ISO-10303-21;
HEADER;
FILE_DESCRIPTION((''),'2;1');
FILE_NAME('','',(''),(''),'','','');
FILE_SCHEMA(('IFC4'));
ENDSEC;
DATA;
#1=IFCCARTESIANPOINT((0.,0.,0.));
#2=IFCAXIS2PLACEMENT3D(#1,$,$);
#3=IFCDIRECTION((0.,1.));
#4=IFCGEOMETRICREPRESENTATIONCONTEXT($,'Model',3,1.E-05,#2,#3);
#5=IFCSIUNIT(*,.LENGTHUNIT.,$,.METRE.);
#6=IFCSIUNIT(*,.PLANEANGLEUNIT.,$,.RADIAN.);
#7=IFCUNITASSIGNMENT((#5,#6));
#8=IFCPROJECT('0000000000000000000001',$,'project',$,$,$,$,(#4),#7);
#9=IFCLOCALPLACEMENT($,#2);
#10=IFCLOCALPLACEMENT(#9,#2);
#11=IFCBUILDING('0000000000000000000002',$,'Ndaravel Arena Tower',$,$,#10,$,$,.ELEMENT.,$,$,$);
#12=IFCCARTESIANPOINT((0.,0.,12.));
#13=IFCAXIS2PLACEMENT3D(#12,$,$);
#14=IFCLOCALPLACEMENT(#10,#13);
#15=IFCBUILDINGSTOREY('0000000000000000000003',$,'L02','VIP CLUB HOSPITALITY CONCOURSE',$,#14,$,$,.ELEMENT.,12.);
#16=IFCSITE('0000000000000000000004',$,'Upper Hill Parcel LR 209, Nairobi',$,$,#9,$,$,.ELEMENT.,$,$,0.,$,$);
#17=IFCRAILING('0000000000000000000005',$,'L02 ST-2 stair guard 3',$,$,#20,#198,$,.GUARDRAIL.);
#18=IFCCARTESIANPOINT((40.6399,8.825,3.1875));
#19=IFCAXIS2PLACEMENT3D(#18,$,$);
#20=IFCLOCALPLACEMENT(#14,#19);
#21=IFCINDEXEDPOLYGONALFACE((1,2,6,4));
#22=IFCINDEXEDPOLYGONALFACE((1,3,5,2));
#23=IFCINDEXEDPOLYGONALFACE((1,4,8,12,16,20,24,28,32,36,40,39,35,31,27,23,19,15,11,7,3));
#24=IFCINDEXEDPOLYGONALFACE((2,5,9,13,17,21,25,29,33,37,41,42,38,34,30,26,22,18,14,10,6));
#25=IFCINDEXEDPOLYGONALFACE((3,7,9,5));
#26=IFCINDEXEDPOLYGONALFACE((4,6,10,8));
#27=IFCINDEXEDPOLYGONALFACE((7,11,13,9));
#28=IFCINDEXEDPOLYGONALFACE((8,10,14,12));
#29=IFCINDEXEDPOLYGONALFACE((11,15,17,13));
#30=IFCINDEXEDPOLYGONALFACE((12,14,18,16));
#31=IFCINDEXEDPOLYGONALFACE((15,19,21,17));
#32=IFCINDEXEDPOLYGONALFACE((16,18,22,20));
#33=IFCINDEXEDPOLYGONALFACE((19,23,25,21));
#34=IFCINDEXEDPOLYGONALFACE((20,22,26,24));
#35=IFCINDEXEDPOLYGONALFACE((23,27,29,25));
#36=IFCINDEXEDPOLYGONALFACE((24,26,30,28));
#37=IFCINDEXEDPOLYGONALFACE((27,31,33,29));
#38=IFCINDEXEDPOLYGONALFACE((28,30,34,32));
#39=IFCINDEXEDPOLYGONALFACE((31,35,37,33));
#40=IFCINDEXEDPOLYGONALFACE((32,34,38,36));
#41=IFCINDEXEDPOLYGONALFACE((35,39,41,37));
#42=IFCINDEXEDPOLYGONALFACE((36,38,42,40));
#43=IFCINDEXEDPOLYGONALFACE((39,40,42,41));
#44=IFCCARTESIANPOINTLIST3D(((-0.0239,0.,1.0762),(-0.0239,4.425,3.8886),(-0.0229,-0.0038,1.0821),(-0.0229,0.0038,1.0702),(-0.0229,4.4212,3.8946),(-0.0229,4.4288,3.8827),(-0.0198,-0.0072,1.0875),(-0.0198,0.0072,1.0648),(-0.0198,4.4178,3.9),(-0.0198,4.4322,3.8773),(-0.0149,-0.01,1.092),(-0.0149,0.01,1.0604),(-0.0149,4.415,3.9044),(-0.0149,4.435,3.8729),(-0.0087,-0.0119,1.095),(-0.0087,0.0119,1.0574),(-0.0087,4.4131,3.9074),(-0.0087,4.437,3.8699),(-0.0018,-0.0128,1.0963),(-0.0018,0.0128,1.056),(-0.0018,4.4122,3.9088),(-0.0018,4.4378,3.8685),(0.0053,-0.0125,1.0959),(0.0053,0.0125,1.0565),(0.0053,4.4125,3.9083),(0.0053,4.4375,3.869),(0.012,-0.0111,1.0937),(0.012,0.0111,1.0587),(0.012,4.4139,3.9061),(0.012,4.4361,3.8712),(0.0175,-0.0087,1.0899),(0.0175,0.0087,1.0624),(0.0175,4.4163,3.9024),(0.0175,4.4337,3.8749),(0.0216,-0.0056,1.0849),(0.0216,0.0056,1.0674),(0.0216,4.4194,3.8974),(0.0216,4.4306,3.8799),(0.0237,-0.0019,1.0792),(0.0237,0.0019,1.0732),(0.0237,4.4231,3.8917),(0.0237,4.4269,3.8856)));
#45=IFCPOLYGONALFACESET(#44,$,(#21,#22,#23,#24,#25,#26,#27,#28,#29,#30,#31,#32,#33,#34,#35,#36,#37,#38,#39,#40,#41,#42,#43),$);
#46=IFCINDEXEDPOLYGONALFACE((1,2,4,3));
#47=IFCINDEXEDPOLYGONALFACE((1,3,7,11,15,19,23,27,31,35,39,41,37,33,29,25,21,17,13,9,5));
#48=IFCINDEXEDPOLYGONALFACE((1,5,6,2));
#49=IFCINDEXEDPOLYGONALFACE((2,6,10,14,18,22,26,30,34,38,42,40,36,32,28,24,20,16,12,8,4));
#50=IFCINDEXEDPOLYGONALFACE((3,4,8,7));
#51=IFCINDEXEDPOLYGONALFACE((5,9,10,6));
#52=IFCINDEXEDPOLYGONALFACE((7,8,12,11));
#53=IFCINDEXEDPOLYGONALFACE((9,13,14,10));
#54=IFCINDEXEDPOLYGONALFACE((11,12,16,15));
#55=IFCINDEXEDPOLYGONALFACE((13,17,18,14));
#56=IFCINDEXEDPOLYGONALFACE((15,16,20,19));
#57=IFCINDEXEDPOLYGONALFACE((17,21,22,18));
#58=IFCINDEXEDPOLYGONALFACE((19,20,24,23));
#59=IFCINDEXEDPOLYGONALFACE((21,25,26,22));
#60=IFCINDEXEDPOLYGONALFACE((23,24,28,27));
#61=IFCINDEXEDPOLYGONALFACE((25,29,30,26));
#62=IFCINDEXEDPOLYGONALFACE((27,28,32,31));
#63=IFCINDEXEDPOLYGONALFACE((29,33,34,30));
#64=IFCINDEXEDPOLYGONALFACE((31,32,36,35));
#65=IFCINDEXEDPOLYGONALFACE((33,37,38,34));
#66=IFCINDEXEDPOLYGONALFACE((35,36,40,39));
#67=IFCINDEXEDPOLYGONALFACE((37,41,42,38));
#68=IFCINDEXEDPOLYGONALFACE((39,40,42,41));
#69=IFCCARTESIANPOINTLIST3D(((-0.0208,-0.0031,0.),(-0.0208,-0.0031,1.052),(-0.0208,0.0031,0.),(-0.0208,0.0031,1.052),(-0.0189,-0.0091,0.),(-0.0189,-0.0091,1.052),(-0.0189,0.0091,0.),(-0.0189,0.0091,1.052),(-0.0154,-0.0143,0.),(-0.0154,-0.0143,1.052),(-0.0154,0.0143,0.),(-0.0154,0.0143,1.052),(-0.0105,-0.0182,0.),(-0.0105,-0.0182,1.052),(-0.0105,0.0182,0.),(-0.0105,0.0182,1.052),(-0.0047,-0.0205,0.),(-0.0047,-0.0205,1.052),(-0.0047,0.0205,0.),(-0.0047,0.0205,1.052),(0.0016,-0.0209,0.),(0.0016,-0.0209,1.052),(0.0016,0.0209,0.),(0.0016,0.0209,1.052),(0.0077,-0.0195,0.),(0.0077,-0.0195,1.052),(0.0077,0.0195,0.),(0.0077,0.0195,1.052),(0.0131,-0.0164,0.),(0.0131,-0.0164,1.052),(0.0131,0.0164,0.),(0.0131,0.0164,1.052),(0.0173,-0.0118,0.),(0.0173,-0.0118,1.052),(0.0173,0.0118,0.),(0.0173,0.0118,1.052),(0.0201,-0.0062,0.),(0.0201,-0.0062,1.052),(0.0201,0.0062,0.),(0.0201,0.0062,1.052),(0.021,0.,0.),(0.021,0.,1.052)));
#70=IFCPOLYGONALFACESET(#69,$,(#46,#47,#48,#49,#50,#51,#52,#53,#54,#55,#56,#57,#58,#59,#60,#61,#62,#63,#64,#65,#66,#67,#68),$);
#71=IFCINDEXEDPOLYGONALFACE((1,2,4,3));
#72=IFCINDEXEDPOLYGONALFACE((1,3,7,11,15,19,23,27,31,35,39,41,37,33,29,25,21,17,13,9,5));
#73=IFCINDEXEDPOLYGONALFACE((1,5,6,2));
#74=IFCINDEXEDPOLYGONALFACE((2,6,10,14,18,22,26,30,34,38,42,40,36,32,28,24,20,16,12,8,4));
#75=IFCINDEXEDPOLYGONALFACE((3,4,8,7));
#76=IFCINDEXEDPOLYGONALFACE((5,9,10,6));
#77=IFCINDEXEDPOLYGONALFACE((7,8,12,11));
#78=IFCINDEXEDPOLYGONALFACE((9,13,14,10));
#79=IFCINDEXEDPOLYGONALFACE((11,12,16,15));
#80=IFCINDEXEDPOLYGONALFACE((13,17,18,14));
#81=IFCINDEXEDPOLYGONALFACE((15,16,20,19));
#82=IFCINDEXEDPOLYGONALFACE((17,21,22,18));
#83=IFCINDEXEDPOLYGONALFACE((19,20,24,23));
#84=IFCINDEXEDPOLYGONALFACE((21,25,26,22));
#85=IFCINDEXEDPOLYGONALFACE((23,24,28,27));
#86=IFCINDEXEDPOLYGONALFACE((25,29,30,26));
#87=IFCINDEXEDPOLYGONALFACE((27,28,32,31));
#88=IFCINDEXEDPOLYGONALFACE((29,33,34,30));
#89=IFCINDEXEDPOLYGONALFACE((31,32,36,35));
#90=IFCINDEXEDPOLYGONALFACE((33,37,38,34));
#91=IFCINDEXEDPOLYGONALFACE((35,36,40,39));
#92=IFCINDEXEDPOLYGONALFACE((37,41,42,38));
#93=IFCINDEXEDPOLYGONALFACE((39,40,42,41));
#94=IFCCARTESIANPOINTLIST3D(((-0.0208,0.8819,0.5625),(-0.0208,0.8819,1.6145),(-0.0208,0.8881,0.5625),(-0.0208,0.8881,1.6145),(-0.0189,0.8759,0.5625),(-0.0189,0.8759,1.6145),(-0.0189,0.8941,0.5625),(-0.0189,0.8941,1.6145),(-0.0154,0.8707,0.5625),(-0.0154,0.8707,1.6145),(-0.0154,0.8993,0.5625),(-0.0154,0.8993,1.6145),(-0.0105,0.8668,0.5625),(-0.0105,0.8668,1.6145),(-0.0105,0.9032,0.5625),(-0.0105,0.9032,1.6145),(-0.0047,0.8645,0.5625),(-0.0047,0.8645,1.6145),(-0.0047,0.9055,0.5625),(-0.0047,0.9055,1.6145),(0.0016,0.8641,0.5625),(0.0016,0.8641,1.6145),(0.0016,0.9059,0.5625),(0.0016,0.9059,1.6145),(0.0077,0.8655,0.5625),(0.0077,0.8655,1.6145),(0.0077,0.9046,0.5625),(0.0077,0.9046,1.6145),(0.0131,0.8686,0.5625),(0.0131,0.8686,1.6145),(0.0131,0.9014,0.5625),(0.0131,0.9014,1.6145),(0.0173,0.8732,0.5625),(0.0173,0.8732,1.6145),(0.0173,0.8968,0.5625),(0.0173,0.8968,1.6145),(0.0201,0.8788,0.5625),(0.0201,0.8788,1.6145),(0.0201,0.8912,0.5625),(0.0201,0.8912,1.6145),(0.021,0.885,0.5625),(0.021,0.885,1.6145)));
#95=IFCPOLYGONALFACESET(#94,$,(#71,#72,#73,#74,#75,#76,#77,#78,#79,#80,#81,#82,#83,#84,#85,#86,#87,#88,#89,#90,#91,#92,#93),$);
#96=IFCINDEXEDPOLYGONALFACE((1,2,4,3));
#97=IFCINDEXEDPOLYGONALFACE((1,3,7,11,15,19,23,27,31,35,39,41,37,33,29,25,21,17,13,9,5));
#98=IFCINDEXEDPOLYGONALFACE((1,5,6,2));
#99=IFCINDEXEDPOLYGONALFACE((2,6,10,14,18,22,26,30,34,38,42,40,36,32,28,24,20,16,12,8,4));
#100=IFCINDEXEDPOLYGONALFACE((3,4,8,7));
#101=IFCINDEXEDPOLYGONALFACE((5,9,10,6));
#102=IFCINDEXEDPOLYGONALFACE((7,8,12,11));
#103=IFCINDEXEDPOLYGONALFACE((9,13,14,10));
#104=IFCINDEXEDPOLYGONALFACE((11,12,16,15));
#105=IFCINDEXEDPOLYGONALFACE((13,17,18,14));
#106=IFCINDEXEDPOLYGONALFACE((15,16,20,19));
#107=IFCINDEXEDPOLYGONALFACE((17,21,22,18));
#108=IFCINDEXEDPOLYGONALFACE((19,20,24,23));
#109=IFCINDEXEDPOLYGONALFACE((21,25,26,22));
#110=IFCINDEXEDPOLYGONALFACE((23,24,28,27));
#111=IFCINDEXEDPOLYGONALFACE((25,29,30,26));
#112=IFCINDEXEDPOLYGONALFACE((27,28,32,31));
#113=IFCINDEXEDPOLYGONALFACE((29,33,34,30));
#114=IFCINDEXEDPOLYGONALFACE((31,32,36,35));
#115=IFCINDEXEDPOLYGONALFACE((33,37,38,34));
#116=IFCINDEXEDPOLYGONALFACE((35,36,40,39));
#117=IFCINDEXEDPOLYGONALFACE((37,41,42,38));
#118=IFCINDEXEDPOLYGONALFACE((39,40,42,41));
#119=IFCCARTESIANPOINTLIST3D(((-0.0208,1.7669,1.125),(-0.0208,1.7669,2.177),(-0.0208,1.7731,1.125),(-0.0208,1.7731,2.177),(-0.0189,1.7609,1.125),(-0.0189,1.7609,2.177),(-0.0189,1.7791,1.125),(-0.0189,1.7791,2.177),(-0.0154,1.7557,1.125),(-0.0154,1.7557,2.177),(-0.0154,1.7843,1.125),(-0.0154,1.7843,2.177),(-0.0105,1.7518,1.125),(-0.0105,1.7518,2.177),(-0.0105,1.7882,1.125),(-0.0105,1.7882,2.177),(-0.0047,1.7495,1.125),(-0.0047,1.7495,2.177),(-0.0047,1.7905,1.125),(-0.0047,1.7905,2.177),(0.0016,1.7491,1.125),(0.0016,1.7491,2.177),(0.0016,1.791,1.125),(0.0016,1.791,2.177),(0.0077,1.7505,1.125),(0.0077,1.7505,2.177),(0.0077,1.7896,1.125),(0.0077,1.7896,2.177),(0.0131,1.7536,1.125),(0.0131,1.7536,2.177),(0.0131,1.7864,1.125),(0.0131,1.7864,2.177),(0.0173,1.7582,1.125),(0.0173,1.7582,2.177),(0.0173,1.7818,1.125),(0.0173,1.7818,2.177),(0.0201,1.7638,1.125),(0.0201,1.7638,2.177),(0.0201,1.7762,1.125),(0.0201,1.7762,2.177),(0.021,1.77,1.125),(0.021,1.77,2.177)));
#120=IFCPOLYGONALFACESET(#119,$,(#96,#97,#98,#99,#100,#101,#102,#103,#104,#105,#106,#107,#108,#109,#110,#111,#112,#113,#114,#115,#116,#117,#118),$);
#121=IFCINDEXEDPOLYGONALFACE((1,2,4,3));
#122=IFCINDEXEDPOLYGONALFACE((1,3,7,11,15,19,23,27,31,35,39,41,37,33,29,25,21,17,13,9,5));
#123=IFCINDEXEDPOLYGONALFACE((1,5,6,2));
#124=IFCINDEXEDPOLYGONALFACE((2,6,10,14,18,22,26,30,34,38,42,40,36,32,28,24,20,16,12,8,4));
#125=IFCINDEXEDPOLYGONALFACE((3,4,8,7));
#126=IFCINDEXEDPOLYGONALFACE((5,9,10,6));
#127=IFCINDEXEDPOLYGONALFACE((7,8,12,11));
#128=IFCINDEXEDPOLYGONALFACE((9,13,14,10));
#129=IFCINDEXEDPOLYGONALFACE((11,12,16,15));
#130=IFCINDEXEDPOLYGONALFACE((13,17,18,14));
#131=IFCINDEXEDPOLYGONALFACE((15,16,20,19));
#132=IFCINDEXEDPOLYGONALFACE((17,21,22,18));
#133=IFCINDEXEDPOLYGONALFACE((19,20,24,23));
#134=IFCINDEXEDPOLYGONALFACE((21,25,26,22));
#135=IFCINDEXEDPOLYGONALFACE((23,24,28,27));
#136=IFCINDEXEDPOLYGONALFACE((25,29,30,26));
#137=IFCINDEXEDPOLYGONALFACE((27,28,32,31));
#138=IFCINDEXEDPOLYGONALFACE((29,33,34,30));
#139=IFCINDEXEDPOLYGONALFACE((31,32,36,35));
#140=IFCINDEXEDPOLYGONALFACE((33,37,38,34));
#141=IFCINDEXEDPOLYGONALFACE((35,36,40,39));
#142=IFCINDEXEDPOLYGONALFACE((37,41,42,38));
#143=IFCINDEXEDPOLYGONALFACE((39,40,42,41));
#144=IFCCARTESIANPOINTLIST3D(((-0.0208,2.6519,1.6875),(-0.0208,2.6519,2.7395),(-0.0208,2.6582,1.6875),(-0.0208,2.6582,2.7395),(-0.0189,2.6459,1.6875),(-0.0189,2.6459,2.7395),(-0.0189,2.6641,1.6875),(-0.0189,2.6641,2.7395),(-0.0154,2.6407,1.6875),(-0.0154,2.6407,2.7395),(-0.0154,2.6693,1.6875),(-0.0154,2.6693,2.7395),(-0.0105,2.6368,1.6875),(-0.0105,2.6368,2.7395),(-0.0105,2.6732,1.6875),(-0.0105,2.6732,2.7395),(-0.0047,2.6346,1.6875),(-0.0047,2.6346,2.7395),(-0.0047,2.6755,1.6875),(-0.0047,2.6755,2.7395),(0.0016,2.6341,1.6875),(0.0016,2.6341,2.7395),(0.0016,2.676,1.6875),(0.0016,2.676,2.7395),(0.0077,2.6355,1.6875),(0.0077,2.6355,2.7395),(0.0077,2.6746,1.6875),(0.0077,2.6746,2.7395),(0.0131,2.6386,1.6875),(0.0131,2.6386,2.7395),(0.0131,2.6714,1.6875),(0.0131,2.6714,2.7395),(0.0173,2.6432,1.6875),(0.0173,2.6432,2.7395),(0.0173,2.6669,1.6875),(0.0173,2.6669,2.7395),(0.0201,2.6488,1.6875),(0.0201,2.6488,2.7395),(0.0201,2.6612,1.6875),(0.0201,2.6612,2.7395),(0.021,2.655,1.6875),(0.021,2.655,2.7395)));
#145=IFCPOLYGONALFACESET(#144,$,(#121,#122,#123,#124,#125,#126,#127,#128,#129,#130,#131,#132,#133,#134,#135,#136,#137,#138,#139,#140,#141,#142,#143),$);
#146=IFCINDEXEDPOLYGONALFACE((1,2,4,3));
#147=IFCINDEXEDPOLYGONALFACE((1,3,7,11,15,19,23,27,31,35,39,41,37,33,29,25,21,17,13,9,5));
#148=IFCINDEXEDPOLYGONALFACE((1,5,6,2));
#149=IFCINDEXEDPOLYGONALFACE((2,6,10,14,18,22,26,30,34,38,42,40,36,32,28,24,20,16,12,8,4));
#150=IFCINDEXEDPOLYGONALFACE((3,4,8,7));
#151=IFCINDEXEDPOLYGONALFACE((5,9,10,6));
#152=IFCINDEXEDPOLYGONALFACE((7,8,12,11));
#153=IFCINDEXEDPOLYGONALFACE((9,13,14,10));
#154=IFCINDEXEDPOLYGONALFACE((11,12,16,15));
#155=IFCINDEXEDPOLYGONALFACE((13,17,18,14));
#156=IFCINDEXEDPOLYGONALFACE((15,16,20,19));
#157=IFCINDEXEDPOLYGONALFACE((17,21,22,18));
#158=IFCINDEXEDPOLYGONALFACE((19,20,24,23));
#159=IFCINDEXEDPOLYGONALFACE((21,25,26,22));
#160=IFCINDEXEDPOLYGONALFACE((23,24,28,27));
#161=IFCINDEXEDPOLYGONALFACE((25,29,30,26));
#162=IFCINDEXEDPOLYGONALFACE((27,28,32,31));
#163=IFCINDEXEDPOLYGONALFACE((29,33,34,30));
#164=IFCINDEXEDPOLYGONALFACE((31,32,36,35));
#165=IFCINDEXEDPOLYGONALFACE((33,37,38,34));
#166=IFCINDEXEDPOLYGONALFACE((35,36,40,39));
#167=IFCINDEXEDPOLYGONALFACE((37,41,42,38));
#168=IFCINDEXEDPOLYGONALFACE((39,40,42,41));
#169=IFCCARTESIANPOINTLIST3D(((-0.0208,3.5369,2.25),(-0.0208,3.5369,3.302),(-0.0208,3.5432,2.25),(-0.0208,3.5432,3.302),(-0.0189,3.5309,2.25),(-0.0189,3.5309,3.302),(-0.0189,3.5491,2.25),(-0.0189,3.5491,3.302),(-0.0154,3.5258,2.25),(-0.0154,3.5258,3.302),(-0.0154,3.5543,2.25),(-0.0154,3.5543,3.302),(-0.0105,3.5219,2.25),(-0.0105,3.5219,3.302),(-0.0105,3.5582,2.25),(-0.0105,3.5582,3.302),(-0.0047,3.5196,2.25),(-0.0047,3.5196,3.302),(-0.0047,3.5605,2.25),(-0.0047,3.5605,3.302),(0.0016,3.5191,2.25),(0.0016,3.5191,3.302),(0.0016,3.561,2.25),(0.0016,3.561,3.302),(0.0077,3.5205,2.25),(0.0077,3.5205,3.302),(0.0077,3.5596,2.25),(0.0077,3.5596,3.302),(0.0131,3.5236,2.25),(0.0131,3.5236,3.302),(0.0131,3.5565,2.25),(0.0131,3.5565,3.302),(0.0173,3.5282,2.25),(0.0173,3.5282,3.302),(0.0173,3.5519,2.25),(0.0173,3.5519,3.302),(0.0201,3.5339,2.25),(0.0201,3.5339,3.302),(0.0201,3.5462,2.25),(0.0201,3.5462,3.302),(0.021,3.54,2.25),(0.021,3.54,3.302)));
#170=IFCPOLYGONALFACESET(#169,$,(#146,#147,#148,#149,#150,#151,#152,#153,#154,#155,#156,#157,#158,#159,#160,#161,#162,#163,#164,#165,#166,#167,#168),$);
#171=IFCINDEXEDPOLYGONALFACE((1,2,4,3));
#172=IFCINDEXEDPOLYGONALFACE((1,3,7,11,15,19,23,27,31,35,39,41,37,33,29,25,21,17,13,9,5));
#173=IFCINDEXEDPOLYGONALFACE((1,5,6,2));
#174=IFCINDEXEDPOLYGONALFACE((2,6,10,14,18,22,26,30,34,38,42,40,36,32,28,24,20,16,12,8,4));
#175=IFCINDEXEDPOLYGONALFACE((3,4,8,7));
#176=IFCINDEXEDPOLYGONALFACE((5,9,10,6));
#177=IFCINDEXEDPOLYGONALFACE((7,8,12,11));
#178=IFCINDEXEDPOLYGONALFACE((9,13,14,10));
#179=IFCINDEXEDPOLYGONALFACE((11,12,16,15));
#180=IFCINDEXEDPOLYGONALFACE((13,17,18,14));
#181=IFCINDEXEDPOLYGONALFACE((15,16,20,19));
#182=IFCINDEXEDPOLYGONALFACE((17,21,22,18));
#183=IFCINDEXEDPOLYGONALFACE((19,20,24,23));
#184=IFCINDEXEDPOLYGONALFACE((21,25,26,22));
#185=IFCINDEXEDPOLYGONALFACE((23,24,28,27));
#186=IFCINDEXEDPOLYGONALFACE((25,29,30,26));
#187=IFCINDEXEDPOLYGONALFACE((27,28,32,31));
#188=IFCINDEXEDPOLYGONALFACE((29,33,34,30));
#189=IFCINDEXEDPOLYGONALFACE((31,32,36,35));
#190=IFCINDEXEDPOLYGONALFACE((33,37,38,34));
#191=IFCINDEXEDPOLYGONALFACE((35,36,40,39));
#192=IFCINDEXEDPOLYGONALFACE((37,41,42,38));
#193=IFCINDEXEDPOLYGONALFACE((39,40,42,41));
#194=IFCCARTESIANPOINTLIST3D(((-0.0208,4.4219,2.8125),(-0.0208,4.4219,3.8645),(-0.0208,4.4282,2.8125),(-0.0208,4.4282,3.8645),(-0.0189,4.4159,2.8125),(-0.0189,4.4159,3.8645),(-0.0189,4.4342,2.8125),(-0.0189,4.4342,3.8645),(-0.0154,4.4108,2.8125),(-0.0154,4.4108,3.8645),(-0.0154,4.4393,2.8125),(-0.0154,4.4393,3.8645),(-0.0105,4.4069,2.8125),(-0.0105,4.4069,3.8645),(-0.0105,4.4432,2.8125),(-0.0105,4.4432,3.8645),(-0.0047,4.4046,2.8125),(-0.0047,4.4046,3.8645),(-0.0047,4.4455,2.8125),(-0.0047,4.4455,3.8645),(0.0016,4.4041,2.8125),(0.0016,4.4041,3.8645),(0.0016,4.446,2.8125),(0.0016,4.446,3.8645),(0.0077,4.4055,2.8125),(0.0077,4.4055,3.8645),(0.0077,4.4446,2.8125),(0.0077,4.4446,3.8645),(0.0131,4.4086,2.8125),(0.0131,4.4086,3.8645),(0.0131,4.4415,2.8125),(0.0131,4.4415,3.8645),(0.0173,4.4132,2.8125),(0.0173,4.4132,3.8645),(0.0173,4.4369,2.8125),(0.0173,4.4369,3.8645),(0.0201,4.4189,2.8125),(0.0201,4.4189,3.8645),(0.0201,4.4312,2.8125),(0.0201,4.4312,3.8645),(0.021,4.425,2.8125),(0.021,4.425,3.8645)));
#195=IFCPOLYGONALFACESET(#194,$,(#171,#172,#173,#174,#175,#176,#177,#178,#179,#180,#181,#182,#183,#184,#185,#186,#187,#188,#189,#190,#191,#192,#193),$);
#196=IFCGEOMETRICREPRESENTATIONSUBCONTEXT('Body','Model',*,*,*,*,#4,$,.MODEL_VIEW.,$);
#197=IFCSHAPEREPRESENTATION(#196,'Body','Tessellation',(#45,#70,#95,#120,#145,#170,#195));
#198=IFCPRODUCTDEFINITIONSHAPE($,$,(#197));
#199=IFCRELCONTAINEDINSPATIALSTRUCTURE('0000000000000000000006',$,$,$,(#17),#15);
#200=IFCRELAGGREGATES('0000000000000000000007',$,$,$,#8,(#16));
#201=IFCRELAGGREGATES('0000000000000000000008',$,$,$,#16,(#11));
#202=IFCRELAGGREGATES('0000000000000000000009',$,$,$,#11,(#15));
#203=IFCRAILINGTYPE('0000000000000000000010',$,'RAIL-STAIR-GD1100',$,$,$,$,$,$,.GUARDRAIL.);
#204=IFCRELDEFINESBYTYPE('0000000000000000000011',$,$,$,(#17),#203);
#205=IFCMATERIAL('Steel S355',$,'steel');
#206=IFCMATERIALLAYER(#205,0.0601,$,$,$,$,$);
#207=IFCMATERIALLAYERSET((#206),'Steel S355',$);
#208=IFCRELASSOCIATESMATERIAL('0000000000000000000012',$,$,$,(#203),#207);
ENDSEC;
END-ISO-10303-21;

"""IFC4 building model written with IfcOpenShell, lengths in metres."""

from ifc_helpers import new_model, si_unit, direction, frame, origin, origin_2d, place, context, subcontext, project, spatial, circle, extrude, material, layer, layer_set, type_object, element, save


model = new_model("IFC4")

# Units and contexts
model_context = context("Model", 3, precision=1e-05, world=origin(), true_north=direction((0.0, 1.0)))
body_context = subcontext(model_context, "Body", "Model", "MODEL_VIEW")
ifc_project = project(units=[si_unit("LENGTHUNIT", "METRE"), si_unit("PLANEANGLEUNIT", "RADIAN")], contexts=[model_context])

# Site, building, storey
site_placement = place(None, origin())
site = spatial("IfcSite", under=ifc_project, at=site_placement, Name="Upper Hill Parcel LR 209, Nairobi", CompositionType="ELEMENT", RefElevation=0.0)
building_placement = place(site_placement, origin())
building = spatial("IfcBuilding", under=site, at=building_placement, Name="Ndaravel Arena Tower", CompositionType="ELEMENT")
storey_placement = place(building_placement, frame((0.0, 0.0, 12.0)))
storey = spatial("IfcBuildingStorey", under=building, at=storey_placement, Name="L02", Description="VIP CLUB HOSPITALITY CONCOURSE", CompositionType="ELEMENT", Elevation=12.0)

# Railing
ifc_material_1 = material(Name="Steel S355", Category="steel")
ifc_layer_1 = layer(ifc_material_1, 0.0601)
ifc_layer_set_1 = layer_set([ifc_layer_1], Name="Steel S355")
railing_type_1 = type_object("IfcRailingType", Name="RAIL-STAIR-GD1100", PredefinedType="GUARDRAIL", material=ifc_layer_set_1)
railing_1_placement = place(storey_placement, frame((40.6399, 8.825, 3.1875)))
element("IfcRailing", 1, at=railing_1_placement, inside=storey, type_object=railing_type_1, Name="L02 ST-2 stair guard 3", PredefinedType="GUARDRAIL", context=body_context, shape_type="SweptSolid", body=[
    extrude(circle(Radius=0.0239, at=origin_2d()), frame((0.0, 0.0, 1.0762), z_axis=(0.0, 0.843959, 0.536408), x_axis=(-1.0, 0.0, 0.0)), (0.0, 0.0, 1.0), 5.2432),
    extrude(circle(Radius=0.021, at=origin_2d()), origin(), (0.0, 0.0, 1.0), 1.052),
    extrude(circle(Radius=0.021, at=origin_2d()), frame((0.0, 0.885, 0.5625)), (0.0, 0.0, 1.0), 1.052),
    extrude(circle(Radius=0.021, at=origin_2d()), frame((0.0, 1.77, 1.125)), (0.0, 0.0, 1.0), 1.052),
    extrude(circle(Radius=0.021, at=origin_2d()), frame((0.0, 2.655, 1.6875)), (0.0, 0.0, 1.0), 1.052),
    extrude(circle(Radius=0.021, at=origin_2d()), frame((0.0, 3.54, 2.25)), (0.0, 0.0, 1.0), 1.052),
    extrude(circle(Radius=0.021, at=origin_2d()), frame((0.0, 4.425, 2.8125)), (0.0, 0.0, 1.0), 1.052),
])

save(model, "model.ifc")
